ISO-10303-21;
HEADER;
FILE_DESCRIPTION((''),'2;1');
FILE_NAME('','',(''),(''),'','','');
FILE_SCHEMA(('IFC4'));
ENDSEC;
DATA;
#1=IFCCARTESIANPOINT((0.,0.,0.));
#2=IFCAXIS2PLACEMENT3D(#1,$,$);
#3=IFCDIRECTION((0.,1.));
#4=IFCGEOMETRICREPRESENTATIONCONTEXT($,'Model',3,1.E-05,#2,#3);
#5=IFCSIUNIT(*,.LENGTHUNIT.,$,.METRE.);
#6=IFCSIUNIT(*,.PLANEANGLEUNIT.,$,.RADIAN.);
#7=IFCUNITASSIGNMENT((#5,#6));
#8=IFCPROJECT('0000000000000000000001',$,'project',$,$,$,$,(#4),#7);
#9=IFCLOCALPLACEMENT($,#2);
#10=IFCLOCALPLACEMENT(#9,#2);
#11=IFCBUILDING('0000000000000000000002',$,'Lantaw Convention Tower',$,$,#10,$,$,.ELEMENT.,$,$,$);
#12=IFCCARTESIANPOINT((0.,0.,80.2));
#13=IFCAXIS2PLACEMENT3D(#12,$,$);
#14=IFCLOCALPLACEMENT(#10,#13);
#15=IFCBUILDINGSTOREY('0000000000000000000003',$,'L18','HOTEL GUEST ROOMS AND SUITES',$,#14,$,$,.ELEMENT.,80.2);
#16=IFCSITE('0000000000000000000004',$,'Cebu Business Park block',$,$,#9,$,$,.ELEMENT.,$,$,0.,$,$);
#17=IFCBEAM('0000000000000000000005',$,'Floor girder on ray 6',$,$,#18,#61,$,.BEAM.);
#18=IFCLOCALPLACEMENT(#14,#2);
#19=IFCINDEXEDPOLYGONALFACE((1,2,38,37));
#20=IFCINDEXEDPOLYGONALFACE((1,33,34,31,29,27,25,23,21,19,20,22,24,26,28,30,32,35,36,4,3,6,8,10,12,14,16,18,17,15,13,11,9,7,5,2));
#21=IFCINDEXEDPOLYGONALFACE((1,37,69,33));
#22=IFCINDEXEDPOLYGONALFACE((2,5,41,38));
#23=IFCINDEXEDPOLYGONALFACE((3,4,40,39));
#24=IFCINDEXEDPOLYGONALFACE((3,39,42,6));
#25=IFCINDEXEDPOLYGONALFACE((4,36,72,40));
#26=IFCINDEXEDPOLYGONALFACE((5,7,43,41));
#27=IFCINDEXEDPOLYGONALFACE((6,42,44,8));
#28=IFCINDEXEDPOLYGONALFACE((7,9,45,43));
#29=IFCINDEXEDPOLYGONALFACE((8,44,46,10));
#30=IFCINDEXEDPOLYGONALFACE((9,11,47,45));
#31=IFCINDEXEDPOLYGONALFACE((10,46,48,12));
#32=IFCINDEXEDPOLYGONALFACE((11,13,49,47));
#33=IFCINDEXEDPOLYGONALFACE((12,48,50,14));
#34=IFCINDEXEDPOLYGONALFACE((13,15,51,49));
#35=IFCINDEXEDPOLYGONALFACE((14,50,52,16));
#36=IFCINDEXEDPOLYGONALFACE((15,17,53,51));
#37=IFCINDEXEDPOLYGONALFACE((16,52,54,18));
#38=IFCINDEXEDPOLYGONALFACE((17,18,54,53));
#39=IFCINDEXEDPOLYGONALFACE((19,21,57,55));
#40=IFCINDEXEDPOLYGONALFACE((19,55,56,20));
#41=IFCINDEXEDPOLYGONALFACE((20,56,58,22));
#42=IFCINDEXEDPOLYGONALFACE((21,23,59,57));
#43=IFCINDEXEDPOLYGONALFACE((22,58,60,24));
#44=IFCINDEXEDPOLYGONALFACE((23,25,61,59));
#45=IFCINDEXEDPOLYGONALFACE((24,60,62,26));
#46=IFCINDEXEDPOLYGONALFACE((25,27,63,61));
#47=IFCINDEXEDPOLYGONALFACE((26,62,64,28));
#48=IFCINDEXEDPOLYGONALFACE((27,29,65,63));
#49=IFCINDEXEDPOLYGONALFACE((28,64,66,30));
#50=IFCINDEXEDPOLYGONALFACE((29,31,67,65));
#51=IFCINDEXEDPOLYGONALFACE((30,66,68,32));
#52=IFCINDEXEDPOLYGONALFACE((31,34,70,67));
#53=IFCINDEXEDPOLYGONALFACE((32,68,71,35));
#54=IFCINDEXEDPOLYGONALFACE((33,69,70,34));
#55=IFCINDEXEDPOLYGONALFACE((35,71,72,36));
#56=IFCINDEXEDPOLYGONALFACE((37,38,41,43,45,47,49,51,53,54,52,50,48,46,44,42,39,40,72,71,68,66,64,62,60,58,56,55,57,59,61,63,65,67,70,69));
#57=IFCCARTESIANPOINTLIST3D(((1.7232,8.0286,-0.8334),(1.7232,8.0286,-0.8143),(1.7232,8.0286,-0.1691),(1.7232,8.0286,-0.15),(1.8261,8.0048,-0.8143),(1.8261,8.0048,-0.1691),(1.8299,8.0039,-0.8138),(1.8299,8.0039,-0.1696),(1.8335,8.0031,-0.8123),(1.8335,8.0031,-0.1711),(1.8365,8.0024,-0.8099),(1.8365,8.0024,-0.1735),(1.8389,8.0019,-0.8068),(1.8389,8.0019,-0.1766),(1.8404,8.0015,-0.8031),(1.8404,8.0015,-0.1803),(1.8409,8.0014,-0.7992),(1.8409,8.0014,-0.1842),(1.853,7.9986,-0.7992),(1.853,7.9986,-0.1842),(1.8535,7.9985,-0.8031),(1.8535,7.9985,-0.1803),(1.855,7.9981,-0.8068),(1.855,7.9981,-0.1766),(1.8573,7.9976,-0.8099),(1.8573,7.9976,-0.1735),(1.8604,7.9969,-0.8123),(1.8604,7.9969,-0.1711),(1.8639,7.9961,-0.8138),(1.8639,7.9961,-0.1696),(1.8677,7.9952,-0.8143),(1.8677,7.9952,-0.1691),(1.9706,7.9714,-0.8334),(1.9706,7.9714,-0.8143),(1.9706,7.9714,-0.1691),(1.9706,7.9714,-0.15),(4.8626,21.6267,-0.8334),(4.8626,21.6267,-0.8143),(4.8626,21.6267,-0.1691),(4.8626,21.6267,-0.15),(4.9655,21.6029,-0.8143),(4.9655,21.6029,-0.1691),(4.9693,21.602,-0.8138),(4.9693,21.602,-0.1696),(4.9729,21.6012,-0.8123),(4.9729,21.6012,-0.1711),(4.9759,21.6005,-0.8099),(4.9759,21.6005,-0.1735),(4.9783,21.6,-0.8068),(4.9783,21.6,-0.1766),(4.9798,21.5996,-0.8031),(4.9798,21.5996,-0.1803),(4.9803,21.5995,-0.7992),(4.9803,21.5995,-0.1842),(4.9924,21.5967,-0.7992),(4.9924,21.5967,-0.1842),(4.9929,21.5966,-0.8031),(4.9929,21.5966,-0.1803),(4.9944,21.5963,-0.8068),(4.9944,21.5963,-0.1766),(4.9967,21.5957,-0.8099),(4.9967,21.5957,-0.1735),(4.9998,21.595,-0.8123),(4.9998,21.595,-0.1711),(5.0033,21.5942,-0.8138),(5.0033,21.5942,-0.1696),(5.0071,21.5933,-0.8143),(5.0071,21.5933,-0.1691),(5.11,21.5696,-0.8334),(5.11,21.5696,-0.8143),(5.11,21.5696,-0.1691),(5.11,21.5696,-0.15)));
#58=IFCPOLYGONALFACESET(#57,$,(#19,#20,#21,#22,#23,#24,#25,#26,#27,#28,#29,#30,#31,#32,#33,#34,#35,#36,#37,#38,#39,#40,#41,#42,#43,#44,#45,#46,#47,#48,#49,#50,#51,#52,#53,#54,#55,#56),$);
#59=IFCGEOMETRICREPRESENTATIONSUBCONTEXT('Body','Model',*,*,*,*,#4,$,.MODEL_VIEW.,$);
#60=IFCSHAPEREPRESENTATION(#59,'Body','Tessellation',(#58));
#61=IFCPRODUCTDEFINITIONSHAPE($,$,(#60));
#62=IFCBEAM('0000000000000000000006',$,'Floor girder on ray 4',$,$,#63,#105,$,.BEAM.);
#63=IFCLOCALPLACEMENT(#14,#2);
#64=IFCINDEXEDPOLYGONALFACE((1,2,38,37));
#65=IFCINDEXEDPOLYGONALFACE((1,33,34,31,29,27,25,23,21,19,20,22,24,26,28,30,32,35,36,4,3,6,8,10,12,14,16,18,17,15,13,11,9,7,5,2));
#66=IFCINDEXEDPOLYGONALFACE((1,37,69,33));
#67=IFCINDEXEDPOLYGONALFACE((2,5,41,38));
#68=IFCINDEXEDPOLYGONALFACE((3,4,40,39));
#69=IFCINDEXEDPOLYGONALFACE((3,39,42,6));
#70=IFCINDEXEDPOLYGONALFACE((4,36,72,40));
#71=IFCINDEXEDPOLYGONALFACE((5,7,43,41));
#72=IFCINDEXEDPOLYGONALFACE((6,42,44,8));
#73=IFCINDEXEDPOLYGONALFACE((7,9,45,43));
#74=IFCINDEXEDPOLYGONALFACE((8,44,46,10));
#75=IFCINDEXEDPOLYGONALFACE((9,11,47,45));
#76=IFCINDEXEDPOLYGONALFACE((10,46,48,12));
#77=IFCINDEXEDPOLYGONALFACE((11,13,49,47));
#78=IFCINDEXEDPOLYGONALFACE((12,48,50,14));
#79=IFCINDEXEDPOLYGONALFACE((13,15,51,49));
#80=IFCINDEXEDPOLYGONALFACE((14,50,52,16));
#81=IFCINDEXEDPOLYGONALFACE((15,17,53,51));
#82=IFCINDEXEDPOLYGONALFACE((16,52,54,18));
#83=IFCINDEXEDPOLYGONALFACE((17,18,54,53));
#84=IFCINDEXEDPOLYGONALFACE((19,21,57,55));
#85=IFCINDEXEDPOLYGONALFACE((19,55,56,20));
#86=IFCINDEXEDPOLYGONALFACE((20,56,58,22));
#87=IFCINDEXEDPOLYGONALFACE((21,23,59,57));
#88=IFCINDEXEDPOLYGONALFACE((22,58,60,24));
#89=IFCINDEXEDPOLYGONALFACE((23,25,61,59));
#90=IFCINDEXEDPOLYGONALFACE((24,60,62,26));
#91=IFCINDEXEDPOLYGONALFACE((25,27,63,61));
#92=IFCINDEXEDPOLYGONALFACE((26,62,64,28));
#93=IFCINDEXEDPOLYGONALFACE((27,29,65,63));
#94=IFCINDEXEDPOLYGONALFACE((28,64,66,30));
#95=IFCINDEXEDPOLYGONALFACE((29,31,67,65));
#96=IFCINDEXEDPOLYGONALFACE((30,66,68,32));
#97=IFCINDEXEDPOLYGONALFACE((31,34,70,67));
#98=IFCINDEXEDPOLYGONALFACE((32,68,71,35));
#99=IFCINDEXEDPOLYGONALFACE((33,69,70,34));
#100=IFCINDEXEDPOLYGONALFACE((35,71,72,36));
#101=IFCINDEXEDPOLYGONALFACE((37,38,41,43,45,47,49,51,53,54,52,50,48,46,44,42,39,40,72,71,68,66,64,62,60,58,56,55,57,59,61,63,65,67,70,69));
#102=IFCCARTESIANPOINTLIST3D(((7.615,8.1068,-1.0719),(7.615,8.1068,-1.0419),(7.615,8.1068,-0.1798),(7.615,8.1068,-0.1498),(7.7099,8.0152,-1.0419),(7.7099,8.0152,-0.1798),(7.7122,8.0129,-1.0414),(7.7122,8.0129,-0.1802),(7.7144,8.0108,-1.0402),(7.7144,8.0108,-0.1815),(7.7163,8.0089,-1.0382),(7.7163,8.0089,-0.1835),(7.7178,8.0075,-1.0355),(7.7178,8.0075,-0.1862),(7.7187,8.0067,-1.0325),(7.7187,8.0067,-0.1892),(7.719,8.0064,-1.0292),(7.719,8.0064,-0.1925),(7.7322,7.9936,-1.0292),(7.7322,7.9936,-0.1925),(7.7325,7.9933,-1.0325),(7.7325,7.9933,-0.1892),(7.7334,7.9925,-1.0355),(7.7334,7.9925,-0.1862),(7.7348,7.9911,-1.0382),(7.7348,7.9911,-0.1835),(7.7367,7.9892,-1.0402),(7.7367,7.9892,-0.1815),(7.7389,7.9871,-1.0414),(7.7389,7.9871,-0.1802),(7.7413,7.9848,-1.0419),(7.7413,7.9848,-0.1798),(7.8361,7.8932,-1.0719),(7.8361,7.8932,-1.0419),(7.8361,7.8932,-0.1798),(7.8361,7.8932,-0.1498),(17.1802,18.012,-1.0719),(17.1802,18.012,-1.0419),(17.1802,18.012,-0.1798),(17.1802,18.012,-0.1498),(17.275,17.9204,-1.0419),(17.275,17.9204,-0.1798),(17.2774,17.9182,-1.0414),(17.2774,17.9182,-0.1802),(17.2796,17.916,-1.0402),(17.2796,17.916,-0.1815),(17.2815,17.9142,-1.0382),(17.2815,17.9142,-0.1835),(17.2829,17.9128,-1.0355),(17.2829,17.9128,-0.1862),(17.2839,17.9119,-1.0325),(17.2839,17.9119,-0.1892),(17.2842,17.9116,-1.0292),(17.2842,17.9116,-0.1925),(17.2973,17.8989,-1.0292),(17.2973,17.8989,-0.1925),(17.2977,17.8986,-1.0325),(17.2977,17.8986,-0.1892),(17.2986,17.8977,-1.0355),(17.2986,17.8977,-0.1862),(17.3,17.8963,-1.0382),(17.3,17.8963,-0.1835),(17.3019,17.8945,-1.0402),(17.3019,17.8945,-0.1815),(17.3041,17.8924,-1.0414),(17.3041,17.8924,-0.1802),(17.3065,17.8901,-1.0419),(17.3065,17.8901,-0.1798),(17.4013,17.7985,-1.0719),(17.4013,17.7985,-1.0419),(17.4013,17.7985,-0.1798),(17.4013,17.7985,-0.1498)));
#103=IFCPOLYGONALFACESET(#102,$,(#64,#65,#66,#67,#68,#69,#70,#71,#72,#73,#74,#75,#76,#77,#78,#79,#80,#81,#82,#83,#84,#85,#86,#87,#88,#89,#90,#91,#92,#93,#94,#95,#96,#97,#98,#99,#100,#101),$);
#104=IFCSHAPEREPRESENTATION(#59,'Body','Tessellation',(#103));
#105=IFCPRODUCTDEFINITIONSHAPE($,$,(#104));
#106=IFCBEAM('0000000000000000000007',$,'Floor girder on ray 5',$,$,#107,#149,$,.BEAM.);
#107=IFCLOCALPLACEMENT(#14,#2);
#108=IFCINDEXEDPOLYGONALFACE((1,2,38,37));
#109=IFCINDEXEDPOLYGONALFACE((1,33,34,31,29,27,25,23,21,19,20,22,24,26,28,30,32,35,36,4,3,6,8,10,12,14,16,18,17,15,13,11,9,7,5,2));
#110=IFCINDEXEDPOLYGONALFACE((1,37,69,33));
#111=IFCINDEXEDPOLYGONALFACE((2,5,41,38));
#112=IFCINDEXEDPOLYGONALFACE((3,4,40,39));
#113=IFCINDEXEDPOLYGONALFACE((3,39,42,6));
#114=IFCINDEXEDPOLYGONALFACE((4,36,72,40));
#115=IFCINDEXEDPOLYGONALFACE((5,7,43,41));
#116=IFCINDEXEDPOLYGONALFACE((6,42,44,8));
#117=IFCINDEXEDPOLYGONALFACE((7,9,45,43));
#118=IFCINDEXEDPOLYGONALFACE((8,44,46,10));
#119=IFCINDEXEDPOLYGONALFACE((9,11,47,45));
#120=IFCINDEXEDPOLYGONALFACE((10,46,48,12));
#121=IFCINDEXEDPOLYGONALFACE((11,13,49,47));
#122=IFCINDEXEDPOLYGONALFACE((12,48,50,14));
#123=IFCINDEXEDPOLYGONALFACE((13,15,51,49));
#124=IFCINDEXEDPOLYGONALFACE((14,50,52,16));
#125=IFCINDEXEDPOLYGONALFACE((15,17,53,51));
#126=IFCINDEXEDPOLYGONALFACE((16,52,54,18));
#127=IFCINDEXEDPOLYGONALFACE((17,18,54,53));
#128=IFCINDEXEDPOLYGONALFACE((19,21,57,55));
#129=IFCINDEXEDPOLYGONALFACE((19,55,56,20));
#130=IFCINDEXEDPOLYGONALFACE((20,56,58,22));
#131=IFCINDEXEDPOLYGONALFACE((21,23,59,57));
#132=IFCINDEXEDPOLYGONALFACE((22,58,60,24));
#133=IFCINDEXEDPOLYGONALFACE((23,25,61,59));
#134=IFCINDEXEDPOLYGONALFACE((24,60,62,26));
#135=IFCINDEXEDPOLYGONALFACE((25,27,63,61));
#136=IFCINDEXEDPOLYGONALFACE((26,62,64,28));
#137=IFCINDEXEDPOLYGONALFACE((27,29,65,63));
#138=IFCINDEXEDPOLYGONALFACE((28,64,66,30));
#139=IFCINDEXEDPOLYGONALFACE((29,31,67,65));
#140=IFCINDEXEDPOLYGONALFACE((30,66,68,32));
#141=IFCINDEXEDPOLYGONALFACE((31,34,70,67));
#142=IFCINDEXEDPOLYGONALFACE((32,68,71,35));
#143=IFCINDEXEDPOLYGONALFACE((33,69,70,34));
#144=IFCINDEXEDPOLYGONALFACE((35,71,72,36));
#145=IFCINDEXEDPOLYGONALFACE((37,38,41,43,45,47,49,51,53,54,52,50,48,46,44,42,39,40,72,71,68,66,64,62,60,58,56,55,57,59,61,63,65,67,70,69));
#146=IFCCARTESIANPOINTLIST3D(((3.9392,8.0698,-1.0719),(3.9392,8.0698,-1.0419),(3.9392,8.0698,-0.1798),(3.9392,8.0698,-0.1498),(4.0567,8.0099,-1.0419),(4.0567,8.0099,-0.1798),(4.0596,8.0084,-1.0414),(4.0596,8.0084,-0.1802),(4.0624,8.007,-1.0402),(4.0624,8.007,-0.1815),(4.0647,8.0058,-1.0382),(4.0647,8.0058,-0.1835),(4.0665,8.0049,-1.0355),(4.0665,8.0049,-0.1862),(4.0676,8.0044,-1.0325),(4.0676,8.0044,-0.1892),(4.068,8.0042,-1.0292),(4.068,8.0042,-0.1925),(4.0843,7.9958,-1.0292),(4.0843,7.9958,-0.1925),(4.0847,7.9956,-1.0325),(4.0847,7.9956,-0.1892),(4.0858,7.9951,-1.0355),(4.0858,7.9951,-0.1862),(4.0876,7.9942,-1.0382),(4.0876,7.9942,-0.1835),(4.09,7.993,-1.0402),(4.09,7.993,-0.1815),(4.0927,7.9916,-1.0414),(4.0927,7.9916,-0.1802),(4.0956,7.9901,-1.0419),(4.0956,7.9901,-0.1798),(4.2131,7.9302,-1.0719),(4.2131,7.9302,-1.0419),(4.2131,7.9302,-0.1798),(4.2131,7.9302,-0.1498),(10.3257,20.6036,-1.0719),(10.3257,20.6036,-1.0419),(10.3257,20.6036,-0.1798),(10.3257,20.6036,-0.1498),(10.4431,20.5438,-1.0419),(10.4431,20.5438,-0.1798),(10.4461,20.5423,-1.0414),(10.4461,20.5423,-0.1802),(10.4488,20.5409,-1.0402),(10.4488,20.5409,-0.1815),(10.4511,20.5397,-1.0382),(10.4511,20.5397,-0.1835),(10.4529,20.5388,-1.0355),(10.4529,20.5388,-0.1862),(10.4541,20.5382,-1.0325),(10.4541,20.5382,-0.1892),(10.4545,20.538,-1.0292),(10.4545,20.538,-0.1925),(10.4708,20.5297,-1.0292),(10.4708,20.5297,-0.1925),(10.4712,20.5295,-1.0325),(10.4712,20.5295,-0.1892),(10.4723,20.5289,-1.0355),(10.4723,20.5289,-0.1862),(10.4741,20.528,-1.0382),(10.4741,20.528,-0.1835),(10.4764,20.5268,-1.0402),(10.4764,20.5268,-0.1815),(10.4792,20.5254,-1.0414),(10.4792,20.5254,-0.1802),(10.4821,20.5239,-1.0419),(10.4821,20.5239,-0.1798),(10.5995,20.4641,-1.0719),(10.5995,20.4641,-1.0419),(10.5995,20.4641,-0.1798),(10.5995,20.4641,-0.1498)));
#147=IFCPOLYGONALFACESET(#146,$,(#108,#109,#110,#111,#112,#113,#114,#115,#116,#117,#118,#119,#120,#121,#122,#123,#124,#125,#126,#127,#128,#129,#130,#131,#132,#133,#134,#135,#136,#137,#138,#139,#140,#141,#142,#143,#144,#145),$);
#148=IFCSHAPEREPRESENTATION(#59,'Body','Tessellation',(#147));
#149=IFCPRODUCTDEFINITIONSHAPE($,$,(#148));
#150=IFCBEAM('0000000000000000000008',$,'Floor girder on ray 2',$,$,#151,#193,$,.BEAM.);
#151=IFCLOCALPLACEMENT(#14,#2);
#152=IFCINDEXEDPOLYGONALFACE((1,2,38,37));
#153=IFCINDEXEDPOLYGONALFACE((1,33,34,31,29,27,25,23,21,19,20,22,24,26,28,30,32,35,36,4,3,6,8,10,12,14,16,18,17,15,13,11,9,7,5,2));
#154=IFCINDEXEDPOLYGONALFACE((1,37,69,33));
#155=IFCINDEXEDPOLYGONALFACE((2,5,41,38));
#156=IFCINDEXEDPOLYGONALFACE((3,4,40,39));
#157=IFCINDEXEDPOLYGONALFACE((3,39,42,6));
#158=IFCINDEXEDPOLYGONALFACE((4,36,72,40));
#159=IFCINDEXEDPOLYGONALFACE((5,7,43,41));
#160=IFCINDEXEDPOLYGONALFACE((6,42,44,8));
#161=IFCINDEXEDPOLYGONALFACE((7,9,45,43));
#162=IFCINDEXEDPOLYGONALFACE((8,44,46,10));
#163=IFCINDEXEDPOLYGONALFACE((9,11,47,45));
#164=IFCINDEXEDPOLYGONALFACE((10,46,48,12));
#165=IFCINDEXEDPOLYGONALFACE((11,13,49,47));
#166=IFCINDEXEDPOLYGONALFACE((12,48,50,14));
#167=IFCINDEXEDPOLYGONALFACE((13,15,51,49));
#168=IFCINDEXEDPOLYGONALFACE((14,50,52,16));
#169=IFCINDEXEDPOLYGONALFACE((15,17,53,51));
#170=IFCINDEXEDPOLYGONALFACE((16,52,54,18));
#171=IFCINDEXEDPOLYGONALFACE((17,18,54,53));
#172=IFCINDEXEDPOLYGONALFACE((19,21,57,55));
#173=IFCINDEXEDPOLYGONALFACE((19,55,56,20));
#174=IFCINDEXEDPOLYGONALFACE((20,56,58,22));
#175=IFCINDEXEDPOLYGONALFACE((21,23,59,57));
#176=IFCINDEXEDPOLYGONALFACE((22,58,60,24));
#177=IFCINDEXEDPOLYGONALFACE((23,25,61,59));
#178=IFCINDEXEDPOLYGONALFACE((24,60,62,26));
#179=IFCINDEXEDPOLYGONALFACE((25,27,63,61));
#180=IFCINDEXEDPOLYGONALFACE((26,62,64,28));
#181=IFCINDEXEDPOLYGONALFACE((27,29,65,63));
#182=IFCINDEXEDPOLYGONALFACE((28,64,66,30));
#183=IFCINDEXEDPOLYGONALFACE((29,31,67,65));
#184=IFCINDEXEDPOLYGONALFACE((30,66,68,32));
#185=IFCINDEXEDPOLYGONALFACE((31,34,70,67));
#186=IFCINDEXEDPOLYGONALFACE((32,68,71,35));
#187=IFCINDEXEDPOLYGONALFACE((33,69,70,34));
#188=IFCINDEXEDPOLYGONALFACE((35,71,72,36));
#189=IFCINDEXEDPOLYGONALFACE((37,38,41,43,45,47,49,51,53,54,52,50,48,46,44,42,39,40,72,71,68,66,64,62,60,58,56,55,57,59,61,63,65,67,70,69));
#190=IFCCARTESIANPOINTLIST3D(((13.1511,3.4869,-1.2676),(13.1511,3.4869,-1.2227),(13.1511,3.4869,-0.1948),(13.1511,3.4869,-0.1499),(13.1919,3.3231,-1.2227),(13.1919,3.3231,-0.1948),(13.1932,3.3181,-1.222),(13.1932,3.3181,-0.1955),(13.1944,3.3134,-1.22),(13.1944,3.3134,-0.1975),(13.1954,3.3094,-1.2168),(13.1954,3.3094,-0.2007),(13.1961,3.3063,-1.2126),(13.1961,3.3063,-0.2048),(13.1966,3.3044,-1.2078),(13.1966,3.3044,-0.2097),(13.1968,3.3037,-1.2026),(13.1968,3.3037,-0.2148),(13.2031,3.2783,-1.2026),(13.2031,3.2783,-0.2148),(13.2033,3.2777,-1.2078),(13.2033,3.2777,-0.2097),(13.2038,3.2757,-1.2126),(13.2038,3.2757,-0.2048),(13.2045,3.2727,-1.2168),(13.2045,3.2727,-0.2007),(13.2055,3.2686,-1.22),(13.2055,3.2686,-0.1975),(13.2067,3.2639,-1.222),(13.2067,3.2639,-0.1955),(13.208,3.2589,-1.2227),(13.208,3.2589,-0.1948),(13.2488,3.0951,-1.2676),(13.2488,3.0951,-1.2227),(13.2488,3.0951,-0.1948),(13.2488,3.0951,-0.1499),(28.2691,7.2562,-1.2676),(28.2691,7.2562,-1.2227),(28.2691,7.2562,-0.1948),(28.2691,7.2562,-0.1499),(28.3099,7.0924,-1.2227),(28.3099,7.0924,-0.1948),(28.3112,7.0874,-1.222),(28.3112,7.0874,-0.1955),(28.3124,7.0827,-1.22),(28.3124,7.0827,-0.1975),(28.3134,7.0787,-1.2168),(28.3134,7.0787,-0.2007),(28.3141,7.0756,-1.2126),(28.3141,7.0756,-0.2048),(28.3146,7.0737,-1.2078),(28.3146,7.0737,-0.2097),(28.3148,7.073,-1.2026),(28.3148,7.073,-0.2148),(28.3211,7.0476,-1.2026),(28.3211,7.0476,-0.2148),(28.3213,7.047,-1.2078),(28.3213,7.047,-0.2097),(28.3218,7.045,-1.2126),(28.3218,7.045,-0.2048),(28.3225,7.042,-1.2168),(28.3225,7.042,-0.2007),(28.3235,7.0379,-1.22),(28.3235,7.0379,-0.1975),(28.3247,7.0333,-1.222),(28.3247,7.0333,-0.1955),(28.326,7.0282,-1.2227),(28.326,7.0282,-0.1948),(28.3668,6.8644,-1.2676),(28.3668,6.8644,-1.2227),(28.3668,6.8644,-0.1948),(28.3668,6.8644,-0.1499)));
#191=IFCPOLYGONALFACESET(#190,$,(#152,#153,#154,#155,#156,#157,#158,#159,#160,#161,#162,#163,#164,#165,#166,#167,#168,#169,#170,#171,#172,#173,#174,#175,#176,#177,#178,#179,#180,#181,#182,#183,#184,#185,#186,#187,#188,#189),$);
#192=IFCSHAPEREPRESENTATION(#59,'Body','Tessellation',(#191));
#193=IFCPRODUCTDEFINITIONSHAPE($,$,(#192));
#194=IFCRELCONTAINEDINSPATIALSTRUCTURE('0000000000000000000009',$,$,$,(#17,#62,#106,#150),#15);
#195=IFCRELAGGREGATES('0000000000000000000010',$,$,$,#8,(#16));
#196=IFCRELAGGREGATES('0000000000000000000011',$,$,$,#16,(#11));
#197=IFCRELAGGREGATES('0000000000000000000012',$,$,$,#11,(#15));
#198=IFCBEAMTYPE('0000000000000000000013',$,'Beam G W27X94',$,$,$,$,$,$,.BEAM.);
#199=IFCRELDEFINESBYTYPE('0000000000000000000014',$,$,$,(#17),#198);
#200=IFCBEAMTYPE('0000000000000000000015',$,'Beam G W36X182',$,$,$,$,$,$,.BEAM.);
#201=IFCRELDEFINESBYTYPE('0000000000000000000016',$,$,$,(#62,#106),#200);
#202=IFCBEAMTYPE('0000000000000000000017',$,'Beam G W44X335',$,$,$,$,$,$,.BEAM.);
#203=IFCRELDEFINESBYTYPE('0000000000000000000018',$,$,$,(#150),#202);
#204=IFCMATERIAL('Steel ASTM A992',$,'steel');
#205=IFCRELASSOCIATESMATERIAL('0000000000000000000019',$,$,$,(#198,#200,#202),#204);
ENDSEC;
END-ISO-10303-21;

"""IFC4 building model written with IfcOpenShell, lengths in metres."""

from ifc_helpers import new_model, si_unit, direction, frame, origin, origin_2d, place, context, subcontext, project, spatial, i_section, extrude, material, material_profile, profile_set, type_object, element, save


model = new_model("IFC4")

# Units and contexts
model_context = context("Model", 3, precision=1e-05, world=origin(), true_north=direction((0.0, 1.0)))
body_context = subcontext(model_context, "Body", "Model", "MODEL_VIEW")
ifc_project = project(units=[si_unit("LENGTHUNIT", "METRE"), si_unit("PLANEANGLEUNIT", "RADIAN")], contexts=[model_context])

# Site, building, storey
site_placement = place(None, origin())
site = spatial("IfcSite", under=ifc_project, at=site_placement, Name="Cebu Business Park block", CompositionType="ELEMENT", RefElevation=0.0)
building_placement = place(site_placement, origin())
building = spatial("IfcBuilding", under=site, at=building_placement, Name="Lantaw Convention Tower", CompositionType="ELEMENT")
storey_placement = place(building_placement, frame((0.0, 0.0, 80.2)))
storey = spatial("IfcBuildingStorey", under=building, at=storey_placement, Name="L18", Description="HOTEL GUEST ROOMS AND SUITES", CompositionType="ELEMENT", Elevation=80.2)

# Beams
ifc_material_1 = material(Name="Steel ASTM A992", Category="steel")
ifc_material_profile_1 = material_profile(ifc_material_1, i_section(OverallWidth=0.2539, OverallDepth=0.6833, WebThickness=0.0125, FlangeThickness=0.019, FilletRadius=0.0151, at=origin_2d()), Name="W27X94")
ifc_profile_set_1 = profile_set([ifc_material_profile_1], Name="Steel ASTM A992")
beam_type_1 = type_object("IfcBeamType", Name="Beam G W27X94", PredefinedType="BEAM", material=ifc_profile_set_1)
beam_1_placement = place(storey_placement, frame((1.8469, 8.0, -0.4917), z_axis=(0.224953, 0.97437, 0.0), x_axis=(-0.97437, 0.224953, 0.0)))
element("IfcBeam", 1, at=beam_1_placement, inside=storey, type_object=beam_type_1, Name="Floor girder on ray 6", PredefinedType="BEAM", context=body_context, shape_type="SweptSolid", body=[
    extrude(i_section(OverallWidth=0.2539, OverallDepth=0.6833, WebThickness=0.0125, FlangeThickness=0.019, FilletRadius=0.0151, at=origin_2d()), origin(), (0.0, 0.0, 1.0), 13.9558),
])
ifc_material_profile_2 = material_profile(ifc_material_1, i_section(OverallWidth=0.3074, OverallDepth=0.9221, WebThickness=0.0183, FlangeThickness=0.03, FilletRadius=0.0127, at=origin_2d()), Name="W36X182")
ifc_profile_set_2 = profile_set([ifc_material_profile_2], Name="Steel ASTM A992")
beam_type_2 = type_object("IfcBeamType", Name="Beam G W36X182", PredefinedType="BEAM", material=ifc_profile_set_2)
beam_2_placement = place(storey_placement, frame((7.7256, 8.0, -0.6108), z_axis=(0.69465, 0.719348, 0.0), x_axis=(-0.719348, 0.69465, 0.0)))
element("IfcBeam", 2, at=beam_2_placement, inside=storey, type_object=beam_type_2, Name="Floor girder on ray 4", PredefinedType="BEAM", context=body_context, shape_type="SweptSolid", body=[
    extrude(i_section(OverallWidth=0.3074, OverallDepth=0.9221, WebThickness=0.0183, FlangeThickness=0.03, FilletRadius=0.0127, at=origin_2d()), origin(), (0.0, 0.0, 1.0), 13.7698),
])
beam_3_placement = place(storey_placement, frame((4.0762, 8.0, -0.6108), z_axis=(0.453997, 0.891003, 0.0), x_axis=(-0.891003, 0.453997, 0.0)))
element("IfcBeam", 3, at=beam_3_placement, inside=storey, type_object=beam_type_2, Name="Floor girder on ray 5", PredefinedType="BEAM", context=body_context, shape_type="SweptSolid", body=[
    extrude(i_section(OverallWidth=0.3074, OverallDepth=0.9221, WebThickness=0.0183, FlangeThickness=0.03, FilletRadius=0.0127, at=origin_2d()), origin(), (0.0, 0.0, 1.0), 14.0671),
])
ifc_material_profile_3 = material_profile(ifc_material_1, i_section(OverallWidth=0.4038, OverallDepth=1.1177, WebThickness=0.0261, FlangeThickness=0.0449, FilletRadius=0.02, at=origin_2d()), Name="W44X335")
ifc_profile_set_3 = profile_set([ifc_material_profile_3], Name="Steel ASTM A992")
beam_type_3 = type_object("IfcBeamType", Name="Beam G W44X335", PredefinedType="BEAM", material=ifc_profile_set_3)
beam_4_placement = place(storey_placement, frame((13.2, 3.291, -0.7087), z_axis=(0.970296, 0.24192, 0.0), x_axis=(-0.24192, 0.970296, 0.0)))
element("IfcBeam", 4, at=beam_4_placement, inside=storey, type_object=beam_type_3, Name="Floor girder on ray 2", PredefinedType="BEAM", context=body_context, shape_type="SweptSolid", body=[
    extrude(i_section(OverallWidth=0.4038, OverallDepth=1.1177, WebThickness=0.0261, FlangeThickness=0.0449, FilletRadius=0.02, at=origin_2d()), origin(), (0.0, 0.0, 1.0), 15.5808),
])

save(model, "model.ifc")
